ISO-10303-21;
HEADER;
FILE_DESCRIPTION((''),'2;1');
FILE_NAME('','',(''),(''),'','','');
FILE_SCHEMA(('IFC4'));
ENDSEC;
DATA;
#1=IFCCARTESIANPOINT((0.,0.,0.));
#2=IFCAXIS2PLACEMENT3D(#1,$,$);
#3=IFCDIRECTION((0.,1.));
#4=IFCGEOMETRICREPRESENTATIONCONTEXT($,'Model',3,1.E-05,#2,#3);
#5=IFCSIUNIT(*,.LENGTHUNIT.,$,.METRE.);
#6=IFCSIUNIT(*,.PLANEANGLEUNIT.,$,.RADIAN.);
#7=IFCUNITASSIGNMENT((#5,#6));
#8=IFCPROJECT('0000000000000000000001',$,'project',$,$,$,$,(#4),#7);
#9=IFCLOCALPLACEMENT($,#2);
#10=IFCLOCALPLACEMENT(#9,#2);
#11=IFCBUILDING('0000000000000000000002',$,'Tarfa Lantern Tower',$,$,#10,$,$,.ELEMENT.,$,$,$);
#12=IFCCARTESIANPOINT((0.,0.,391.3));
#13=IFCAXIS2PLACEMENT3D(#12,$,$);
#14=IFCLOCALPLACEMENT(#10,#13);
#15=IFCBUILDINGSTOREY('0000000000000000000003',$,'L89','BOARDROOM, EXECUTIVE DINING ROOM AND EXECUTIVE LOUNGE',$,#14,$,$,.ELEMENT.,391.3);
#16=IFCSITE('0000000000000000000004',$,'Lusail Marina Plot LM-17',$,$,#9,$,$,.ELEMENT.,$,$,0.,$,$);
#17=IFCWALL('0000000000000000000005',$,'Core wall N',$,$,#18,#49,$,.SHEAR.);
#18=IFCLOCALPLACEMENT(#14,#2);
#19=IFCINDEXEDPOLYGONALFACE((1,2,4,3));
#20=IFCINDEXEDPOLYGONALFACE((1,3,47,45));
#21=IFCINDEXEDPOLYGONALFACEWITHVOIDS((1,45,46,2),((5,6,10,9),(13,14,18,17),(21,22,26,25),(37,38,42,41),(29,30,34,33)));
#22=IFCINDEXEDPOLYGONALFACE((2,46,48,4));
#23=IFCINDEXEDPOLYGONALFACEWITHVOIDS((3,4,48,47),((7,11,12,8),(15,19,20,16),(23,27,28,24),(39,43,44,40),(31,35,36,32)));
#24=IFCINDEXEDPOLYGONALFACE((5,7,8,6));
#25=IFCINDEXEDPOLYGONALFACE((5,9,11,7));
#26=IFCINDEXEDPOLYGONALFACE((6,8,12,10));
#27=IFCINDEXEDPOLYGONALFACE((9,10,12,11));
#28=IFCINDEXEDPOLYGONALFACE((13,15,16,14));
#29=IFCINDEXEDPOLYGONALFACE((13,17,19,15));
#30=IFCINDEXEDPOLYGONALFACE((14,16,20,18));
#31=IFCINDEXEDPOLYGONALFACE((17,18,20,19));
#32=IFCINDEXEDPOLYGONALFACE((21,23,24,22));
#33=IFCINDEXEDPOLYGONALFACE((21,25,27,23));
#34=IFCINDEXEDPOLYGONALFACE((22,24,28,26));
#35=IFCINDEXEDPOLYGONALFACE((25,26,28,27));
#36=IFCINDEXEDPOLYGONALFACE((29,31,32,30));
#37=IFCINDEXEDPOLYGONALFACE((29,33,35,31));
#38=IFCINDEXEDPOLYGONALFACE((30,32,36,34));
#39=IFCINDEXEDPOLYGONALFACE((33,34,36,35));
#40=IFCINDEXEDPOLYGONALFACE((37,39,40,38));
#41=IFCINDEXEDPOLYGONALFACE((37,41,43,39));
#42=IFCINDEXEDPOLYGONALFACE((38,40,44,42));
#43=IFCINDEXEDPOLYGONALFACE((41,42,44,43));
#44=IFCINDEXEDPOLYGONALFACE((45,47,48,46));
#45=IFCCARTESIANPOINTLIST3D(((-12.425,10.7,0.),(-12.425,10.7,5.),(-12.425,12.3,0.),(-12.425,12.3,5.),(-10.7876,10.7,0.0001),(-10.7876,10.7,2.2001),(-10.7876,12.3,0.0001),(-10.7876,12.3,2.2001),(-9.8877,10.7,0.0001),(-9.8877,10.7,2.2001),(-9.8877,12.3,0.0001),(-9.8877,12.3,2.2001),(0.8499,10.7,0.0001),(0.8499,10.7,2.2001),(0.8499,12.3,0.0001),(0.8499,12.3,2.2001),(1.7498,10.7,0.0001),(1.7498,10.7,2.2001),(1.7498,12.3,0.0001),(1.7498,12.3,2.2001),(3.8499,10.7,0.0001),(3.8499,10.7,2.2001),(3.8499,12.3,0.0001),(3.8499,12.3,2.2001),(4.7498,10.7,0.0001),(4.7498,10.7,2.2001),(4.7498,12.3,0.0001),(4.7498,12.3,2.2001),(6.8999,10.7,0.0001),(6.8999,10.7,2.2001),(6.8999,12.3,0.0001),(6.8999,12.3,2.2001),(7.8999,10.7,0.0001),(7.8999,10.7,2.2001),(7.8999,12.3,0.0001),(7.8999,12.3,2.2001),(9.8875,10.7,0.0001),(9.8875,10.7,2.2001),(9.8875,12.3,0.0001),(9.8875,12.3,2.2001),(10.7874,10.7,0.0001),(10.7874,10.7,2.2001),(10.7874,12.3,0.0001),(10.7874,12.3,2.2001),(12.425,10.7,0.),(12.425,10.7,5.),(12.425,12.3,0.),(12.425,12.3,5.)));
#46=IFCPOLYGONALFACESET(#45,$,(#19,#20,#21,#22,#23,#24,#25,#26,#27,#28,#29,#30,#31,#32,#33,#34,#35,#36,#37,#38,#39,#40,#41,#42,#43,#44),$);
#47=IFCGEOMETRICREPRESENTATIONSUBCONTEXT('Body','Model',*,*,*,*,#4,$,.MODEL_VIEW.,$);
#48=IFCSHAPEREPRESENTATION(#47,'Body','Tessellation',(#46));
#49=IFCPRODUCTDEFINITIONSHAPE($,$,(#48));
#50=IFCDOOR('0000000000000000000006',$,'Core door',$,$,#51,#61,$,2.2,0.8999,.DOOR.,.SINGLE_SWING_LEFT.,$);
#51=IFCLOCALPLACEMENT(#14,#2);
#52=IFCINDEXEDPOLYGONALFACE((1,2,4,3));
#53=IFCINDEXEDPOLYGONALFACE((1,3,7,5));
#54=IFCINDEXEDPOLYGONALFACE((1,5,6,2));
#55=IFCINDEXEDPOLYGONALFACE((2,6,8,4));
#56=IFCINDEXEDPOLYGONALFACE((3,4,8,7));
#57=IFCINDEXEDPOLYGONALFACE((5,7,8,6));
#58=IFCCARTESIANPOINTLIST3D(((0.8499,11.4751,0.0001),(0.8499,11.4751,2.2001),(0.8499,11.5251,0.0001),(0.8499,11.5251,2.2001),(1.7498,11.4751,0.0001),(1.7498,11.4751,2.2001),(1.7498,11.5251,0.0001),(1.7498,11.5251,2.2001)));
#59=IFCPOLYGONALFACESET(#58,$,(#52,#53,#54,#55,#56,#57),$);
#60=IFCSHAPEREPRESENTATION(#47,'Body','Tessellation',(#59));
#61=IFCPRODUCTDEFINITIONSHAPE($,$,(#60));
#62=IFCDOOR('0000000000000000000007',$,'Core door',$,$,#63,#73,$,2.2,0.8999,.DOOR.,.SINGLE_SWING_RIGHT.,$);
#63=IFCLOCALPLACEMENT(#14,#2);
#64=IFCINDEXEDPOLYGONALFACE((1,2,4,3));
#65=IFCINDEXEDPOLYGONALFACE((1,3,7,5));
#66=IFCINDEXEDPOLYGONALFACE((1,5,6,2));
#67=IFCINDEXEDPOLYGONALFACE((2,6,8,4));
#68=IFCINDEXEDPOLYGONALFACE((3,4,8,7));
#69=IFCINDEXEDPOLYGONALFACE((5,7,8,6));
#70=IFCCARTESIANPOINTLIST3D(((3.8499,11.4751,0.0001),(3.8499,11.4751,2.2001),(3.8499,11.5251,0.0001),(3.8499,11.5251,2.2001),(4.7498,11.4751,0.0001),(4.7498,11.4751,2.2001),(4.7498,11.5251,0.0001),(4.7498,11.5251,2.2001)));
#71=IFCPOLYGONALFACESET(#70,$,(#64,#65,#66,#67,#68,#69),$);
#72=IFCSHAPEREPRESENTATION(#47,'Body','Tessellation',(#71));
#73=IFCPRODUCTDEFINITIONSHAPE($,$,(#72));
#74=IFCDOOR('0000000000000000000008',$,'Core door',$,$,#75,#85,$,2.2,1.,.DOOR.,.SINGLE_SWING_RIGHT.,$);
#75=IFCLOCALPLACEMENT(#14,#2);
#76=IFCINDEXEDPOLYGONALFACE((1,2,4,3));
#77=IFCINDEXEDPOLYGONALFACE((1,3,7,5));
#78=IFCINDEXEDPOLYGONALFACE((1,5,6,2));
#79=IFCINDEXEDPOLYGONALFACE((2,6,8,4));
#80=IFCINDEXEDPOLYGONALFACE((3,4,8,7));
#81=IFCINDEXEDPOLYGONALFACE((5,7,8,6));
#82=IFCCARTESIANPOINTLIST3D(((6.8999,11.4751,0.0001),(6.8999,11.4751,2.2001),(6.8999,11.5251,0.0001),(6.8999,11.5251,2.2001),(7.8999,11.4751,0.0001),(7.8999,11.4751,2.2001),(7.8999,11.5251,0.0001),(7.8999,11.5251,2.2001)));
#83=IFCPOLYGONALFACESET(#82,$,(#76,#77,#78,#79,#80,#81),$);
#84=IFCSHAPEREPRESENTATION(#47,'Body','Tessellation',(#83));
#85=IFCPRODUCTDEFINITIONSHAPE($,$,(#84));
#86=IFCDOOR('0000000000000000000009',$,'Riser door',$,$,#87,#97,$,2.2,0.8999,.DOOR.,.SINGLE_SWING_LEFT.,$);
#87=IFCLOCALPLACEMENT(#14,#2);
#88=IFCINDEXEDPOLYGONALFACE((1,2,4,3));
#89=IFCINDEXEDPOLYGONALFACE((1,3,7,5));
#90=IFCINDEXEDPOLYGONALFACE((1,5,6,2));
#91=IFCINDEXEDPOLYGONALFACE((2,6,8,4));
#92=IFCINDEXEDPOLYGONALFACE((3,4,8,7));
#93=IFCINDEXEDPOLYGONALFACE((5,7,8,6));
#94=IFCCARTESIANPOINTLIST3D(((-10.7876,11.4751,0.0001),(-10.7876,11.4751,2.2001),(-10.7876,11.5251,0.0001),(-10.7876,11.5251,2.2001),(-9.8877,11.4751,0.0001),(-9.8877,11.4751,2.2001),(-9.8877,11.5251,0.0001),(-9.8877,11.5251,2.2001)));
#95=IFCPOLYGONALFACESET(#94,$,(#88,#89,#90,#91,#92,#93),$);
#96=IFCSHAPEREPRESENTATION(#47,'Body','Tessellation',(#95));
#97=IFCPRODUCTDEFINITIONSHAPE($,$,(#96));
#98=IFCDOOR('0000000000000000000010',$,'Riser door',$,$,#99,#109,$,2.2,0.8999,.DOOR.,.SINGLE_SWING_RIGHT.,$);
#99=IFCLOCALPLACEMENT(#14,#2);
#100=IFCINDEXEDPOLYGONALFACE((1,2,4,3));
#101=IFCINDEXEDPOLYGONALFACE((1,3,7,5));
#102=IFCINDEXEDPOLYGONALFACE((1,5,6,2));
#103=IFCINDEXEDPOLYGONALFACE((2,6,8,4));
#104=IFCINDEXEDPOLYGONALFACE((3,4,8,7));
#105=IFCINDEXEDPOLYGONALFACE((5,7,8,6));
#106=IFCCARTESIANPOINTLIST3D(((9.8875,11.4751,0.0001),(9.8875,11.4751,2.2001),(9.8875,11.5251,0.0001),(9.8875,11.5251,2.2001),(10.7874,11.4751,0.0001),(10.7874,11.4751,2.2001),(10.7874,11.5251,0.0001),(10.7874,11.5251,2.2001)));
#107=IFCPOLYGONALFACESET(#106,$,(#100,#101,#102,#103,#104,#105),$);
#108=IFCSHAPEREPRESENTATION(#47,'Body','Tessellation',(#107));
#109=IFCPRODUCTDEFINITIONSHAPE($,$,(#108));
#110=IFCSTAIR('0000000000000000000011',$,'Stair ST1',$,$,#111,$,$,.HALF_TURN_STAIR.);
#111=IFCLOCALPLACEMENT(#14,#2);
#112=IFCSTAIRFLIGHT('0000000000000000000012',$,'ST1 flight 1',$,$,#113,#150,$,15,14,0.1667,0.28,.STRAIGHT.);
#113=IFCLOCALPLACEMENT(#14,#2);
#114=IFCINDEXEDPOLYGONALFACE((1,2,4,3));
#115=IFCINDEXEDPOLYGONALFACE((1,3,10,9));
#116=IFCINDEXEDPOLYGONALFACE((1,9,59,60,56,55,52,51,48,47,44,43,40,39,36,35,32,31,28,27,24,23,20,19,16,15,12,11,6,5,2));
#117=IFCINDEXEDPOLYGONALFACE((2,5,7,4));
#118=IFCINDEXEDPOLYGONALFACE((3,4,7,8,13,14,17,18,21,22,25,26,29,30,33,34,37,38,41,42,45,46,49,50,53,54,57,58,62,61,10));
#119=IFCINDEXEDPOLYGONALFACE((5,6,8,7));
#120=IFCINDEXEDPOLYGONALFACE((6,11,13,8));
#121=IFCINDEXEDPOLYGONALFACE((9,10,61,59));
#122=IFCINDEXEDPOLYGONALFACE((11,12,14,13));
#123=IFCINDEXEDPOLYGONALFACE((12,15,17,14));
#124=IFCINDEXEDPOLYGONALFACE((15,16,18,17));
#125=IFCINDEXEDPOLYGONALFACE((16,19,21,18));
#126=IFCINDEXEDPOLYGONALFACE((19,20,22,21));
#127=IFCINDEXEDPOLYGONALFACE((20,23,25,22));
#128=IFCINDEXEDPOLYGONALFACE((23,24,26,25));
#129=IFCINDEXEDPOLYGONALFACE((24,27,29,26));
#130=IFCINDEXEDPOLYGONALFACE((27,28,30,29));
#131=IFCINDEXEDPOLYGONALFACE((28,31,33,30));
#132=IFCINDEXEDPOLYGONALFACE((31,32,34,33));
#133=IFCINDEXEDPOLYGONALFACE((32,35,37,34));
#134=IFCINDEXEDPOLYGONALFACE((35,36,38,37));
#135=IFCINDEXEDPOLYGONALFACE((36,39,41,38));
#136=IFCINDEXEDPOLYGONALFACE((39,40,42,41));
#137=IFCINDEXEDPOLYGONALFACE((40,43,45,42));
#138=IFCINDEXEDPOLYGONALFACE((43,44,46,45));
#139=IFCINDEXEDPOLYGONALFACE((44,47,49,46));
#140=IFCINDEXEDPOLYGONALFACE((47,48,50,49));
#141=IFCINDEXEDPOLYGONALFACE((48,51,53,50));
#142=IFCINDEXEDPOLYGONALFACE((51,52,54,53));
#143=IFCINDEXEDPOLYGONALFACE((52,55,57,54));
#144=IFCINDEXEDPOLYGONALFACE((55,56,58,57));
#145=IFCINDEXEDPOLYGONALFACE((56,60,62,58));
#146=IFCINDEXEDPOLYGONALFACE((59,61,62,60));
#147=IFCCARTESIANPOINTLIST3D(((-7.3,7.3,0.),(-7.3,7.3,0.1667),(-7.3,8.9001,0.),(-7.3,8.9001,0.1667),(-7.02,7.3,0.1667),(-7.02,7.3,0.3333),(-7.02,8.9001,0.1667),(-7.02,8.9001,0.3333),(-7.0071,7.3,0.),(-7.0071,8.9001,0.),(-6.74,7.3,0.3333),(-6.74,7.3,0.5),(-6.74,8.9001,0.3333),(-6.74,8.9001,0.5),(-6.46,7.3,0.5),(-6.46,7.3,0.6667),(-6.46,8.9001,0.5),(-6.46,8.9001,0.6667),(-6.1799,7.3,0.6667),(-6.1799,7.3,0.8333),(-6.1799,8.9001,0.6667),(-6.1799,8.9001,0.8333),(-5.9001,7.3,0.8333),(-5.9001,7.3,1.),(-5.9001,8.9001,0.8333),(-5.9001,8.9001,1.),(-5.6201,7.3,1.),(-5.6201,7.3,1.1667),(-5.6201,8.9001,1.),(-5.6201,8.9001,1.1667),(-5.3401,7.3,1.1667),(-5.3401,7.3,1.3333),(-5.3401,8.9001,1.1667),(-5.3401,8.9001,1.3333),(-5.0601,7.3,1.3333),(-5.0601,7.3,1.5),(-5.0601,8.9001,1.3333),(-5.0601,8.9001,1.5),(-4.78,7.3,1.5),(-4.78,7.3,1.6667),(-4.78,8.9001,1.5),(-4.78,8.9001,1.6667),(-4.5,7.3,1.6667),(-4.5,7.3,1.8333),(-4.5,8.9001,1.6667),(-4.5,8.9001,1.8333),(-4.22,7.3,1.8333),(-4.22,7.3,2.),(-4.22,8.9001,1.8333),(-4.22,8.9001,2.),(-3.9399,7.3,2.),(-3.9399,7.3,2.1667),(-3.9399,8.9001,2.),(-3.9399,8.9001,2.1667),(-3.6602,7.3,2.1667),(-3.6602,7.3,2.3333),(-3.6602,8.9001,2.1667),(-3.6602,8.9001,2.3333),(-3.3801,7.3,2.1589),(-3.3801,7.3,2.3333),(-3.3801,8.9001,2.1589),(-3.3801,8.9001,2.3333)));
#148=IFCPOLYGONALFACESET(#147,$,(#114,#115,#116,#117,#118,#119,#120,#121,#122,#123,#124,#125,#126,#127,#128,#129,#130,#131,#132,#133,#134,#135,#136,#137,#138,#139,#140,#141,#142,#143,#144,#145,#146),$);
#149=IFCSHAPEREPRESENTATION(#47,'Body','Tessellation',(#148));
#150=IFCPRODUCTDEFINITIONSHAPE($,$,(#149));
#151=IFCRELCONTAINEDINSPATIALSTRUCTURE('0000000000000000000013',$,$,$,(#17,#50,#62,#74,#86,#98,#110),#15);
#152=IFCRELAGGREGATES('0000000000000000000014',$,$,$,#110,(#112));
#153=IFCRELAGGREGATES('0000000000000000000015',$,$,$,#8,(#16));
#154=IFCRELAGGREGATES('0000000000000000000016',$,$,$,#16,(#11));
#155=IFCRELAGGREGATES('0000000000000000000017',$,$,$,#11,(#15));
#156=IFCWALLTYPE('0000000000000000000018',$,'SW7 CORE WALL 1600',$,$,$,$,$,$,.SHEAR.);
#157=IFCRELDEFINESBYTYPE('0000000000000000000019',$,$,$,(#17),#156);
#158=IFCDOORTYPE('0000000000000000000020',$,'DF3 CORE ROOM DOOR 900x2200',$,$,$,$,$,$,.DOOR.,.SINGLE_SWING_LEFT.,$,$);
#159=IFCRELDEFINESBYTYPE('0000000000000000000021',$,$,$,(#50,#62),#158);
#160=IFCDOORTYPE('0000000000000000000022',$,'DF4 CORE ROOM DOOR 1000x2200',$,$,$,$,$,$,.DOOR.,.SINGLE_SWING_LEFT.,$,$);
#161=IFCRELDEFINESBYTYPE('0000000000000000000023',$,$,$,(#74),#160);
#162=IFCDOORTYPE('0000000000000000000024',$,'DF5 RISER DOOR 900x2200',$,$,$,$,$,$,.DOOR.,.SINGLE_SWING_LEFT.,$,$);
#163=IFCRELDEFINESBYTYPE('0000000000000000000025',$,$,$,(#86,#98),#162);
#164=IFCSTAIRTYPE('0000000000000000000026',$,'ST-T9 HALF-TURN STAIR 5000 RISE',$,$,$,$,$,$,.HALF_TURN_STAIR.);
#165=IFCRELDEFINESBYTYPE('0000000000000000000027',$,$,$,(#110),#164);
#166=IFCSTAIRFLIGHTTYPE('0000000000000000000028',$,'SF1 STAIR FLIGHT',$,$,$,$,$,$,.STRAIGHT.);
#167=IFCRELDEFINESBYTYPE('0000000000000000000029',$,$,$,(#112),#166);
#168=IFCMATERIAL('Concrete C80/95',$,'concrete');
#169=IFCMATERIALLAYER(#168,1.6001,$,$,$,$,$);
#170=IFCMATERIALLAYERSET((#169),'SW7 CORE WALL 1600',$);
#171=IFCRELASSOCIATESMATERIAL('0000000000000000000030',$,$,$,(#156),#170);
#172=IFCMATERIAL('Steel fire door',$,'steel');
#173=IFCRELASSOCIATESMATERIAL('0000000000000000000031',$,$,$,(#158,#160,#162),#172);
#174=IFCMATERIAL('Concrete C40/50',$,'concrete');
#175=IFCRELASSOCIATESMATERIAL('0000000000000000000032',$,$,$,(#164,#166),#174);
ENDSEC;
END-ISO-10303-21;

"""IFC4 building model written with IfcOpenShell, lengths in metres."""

from ifc_helpers import new_model, si_unit, direction, frame, frame_2d, origin, place, context, subcontext, project, spatial, polyline, rectangle, outline, extrude, material, layer, layer_set, type_object, element, fill, aggregate, save


model = new_model("IFC4")

# Units and contexts
model_context = context("Model", 3, precision=1e-05, world=origin(), true_north=direction((0.0, 1.0)))
body_context = subcontext(model_context, "Body", "Model", "MODEL_VIEW")
ifc_project = project(units=[si_unit("LENGTHUNIT", "METRE"), si_unit("PLANEANGLEUNIT", "RADIAN")], contexts=[model_context])

# Site, building, storey
site_placement = place(None, origin())
site = spatial("IfcSite", under=ifc_project, at=site_placement, Name="Lusail Marina Plot LM-17", CompositionType="ELEMENT", RefElevation=0.0)
building_placement = place(site_placement, origin())
building = spatial("IfcBuilding", under=site, at=building_placement, Name="Tarfa Lantern Tower", CompositionType="ELEMENT")
storey_placement = place(building_placement, frame((0.0, 0.0, 391.3)))
storey = spatial("IfcBuildingStorey", under=building, at=storey_placement, Name="L89", Description="BOARDROOM, EXECUTIVE DINING ROOM AND EXECUTIVE LOUNGE", CompositionType="ELEMENT", Elevation=391.3)

# Shared definitions
ifc_material_1 = material(Name="Concrete C80/95", Category="concrete")

# Shared definitions
ifc_material_2 = material(Name="Steel fire door", Category="steel")

# Wall, openings, doors
ifc_layer_1 = layer(ifc_material_1, 1.6001)
ifc_layer_set_1 = layer_set([ifc_layer_1], Name="SW7 CORE WALL 1600")
wall_type_1 = type_object("IfcWallType", Name="SW7 CORE WALL 1600", PredefinedType="SHEAR", material=ifc_layer_set_1)
wall_1_placement = place(storey_placement, frame((-12.425, 11.5, 0.0), z_axis=(0.0, 0.0, 1.0), x_axis=(1.0, 0.0, 0.0)))
wall_1 = element("IfcWall", 1, at=wall_1_placement, inside=storey, type_object=wall_type_1, Name="Core wall N", PredefinedType="SHEAR", context=body_context, shape_type="SweptSolid", body=[
    extrude(rectangle(XDim=24.8501, YDim=1.6001, at=frame_2d((12.425, 0.0))), origin(), (0.0, 0.0, 1.0), 5.0),
])
opening_1_placement = place(wall_1_placement, frame((13.2749, 0.0, 0.0)))
opening_1 = element("IfcOpeningElement", 2, at=opening_1_placement, cuts=wall_1, PredefinedType="OPENING", context=body_context, shape_type="SweptSolid", body=[
    extrude(rectangle(XDim=0.8999, YDim=2.2, at=frame_2d((0.45, 1.1001))), frame((0.0, 0.8101, 0.0), z_axis=(0.0, -1.0, 0.0), x_axis=(1.0, 0.0, 0.0)), (0.0, 0.0, 1.0), 1.6201),
])
opening_2_placement = place(wall_1_placement, frame((16.2749, 0.0, 0.0)))
opening_2 = element("IfcOpeningElement", 3, at=opening_2_placement, cuts=wall_1, PredefinedType="OPENING", context=body_context, shape_type="SweptSolid", body=[
    extrude(rectangle(XDim=0.8999, YDim=2.2, at=frame_2d((0.45, 1.1001))), frame((0.0, 0.8101, 0.0), z_axis=(0.0, -1.0, 0.0), x_axis=(1.0, 0.0, 0.0)), (0.0, 0.0, 1.0), 1.6201),
])
opening_3_placement = place(wall_1_placement, frame((19.325, 0.0, 0.0)))
opening_3 = element("IfcOpeningElement", 4, at=opening_3_placement, cuts=wall_1, PredefinedType="OPENING", context=body_context, shape_type="SweptSolid", body=[
    extrude(rectangle(XDim=1.0, YDim=2.2, at=frame_2d((0.5, 1.1001))), frame((0.0, 0.8101, 0.0), z_axis=(0.0, -1.0, 0.0), x_axis=(1.0, 0.0, 0.0)), (0.0, 0.0, 1.0), 1.6201),
])
opening_4_placement = place(wall_1_placement, frame((1.6375, 0.0, 0.0)))
opening_4 = element("IfcOpeningElement", 5, at=opening_4_placement, cuts=wall_1, PredefinedType="OPENING", context=body_context, shape_type="SweptSolid", body=[
    extrude(rectangle(XDim=0.8999, YDim=2.2, at=frame_2d((0.45, 1.1001))), frame((0.0, 0.8101, 0.0), z_axis=(0.0, -1.0, 0.0), x_axis=(1.0, 0.0, 0.0)), (0.0, 0.0, 1.0), 1.6201),
])
opening_5_placement = place(wall_1_placement, frame((22.3125, 0.0, 0.0)))
opening_5 = element("IfcOpeningElement", 6, at=opening_5_placement, cuts=wall_1, PredefinedType="OPENING", context=body_context, shape_type="SweptSolid", body=[
    extrude(rectangle(XDim=0.8999, YDim=2.2, at=frame_2d((0.45, 1.1001))), frame((0.0, 0.8101, 0.0), z_axis=(0.0, -1.0, 0.0), x_axis=(1.0, 0.0, 0.0)), (0.0, 0.0, 1.0), 1.6201),
])
door_type_1 = type_object("IfcDoorType", Name="DF3 CORE ROOM DOOR 900x2200", OperationType="SINGLE_SWING_LEFT", PredefinedType="DOOR", material=ifc_material_2)
door_1_placement = place(opening_1_placement, frame((0.8999, 0.0, 0.0), z_axis=(0.0, 0.0, 1.0), x_axis=(-1.0, 0.0, 0.0)))
door_1 = element("IfcDoor", 7, at=door_1_placement, inside=storey, type_object=door_type_1, Name="Core door", OperationType="SINGLE_SWING_LEFT", OverallHeight=2.2, OverallWidth=0.8999, PredefinedType="DOOR", context=body_context, shape_type="SweptSolid", body=[
    extrude(rectangle(XDim=0.8999, YDim=2.2, at=frame_2d((0.45, 1.1001))), frame((0.0, 0.0249, 0.0), z_axis=(0.0, -1.0, 0.0), x_axis=(1.0, 0.0, 0.0)), (0.0, 0.0, 1.0), 0.05),
])
fill(opening_1, door_1)
door_2_placement = place(opening_2_placement, frame((0.8999, 0.0, 0.0), z_axis=(0.0, 0.0, 1.0), x_axis=(-1.0, 0.0, 0.0)))
door_2 = element("IfcDoor", 8, at=door_2_placement, inside=storey, type_object=door_type_1, Name="Core door", OperationType="SINGLE_SWING_RIGHT", OverallHeight=2.2, OverallWidth=0.8999, PredefinedType="DOOR", context=body_context, shape_type="SweptSolid", body=[
    extrude(rectangle(XDim=0.8999, YDim=2.2, at=frame_2d((0.45, 1.1001))), frame((0.0, 0.0249, 0.0), z_axis=(0.0, -1.0, 0.0), x_axis=(1.0, 0.0, 0.0)), (0.0, 0.0, 1.0), 0.05),
])
fill(opening_2, door_2)
door_type_2 = type_object("IfcDoorType", Name="DF4 CORE ROOM DOOR 1000x2200", OperationType="SINGLE_SWING_LEFT", PredefinedType="DOOR", material=ifc_material_2)
door_3_placement = place(opening_3_placement, frame((1.0, 0.0, 0.0), z_axis=(0.0, 0.0, 1.0), x_axis=(-1.0, 0.0, 0.0)))
door_3 = element("IfcDoor", 9, at=door_3_placement, inside=storey, type_object=door_type_2, Name="Core door", OperationType="SINGLE_SWING_RIGHT", OverallHeight=2.2, OverallWidth=1.0, PredefinedType="DOOR", context=body_context, shape_type="SweptSolid", body=[
    extrude(rectangle(XDim=1.0, YDim=2.2, at=frame_2d((0.5, 1.1001))), frame((0.0, 0.0249, 0.0), z_axis=(0.0, -1.0, 0.0), x_axis=(1.0, 0.0, 0.0)), (0.0, 0.0, 1.0), 0.05),
])
fill(opening_3, door_3)
door_type_3 = type_object("IfcDoorType", Name="DF5 RISER DOOR 900x2200", OperationType="SINGLE_SWING_LEFT", PredefinedType="DOOR", material=ifc_material_2)
door_4_placement = place(opening_4_placement, frame((0.8999, 0.0, 0.0), z_axis=(0.0, 0.0, 1.0), x_axis=(-1.0, 0.0, 0.0)))
door_4 = element("IfcDoor", 10, at=door_4_placement, inside=storey, type_object=door_type_3, Name="Riser door", OperationType="SINGLE_SWING_LEFT", OverallHeight=2.2, OverallWidth=0.8999, PredefinedType="DOOR", context=body_context, shape_type="SweptSolid", body=[
    extrude(rectangle(XDim=0.8999, YDim=2.2, at=frame_2d((0.45, 1.1001))), frame((0.0, 0.0249, 0.0), z_axis=(0.0, -1.0, 0.0), x_axis=(1.0, 0.0, 0.0)), (0.0, 0.0, 1.0), 0.05),
])
fill(opening_4, door_4)
door_5_placement = place(opening_5_placement, frame((0.8999, 0.0, 0.0), z_axis=(0.0, 0.0, 1.0), x_axis=(-1.0, 0.0, 0.0)))
door_5 = element("IfcDoor", 11, at=door_5_placement, inside=storey, type_object=door_type_3, Name="Riser door", OperationType="SINGLE_SWING_RIGHT", OverallHeight=2.2, OverallWidth=0.8999, PredefinedType="DOOR", context=body_context, shape_type="SweptSolid", body=[
    extrude(rectangle(XDim=0.8999, YDim=2.2, at=frame_2d((0.45, 1.1001))), frame((0.0, 0.0249, 0.0), z_axis=(0.0, -1.0, 0.0), x_axis=(1.0, 0.0, 0.0)), (0.0, 0.0, 1.0), 0.05),
])
fill(opening_5, door_5)

# Stair, stair flight
ifc_material_3 = material(Name="Concrete C40/50", Category="concrete")
stair_type = type_object("IfcStairType", Name="ST-T9 HALF-TURN STAIR 5000 RISE", PredefinedType="HALF_TURN_STAIR", material=ifc_material_3)
stair_placement = place(storey_placement, origin())
stair = element("IfcStair", 12, at=stair_placement, inside=storey, type_object=stair_type, Name="Stair ST1", PredefinedType="HALF_TURN_STAIR")
stair_flight_type = type_object("IfcStairFlightType", Name="SF1 STAIR FLIGHT", PredefinedType="STRAIGHT", material=ifc_material_3)
stair_flight_1_placement = place(storey_placement, frame((-7.3, 8.1001, 0.0), z_axis=(0.0, 0.0, 1.0), x_axis=(1.0, 0.0, 0.0)))
stair_flight_1 = element("IfcStairFlight", 13, at=stair_flight_1_placement, type_object=stair_flight_type, Name="ST1 flight 1", NumberOfRisers=15, NumberOfTreads=14, PredefinedType="STRAIGHT", RiserHeight=0.1667, TreadLength=0.28, context=body_context, shape_type="SweptSolid", body=[
    extrude(outline(polyline([(0.0, 0.0), (0.0, 0.1667), (0.28, 0.1667), (0.28, 0.3333), (0.5601, 0.3333), (0.5601, 0.5), (0.8401, 0.5), (0.8401, 0.6667), (1.1201, 0.6667), (1.1201, 0.8333), (1.3999, 0.8333), (1.3999, 1.0), (1.6799, 1.0), (1.6799, 1.1667), (1.96, 1.1667), (1.96, 1.3333), (2.24, 1.3333), (2.24, 1.5), (2.52, 1.5), (2.52, 1.6667), (2.8, 1.6667), (2.8, 1.8333), (3.0801, 1.8333), (3.0801, 2.0), (3.3601, 2.0), (3.3601, 2.1667), (3.6399, 2.1667), (3.6399, 2.3333), (3.9199, 2.3333), (3.9199, 2.5), (3.9199, 2.1589), (0.293, 0.0), (0.0, 0.0)])), frame((0.0, 0.8, 0.0), z_axis=(0.0, -1.0, 0.0), x_axis=(1.0, 0.0, 0.0)), (0.0, 0.0, 1.0), 1.6001),
])
aggregate(stair, [stair_flight_1])

save(model, "model.ifc")
